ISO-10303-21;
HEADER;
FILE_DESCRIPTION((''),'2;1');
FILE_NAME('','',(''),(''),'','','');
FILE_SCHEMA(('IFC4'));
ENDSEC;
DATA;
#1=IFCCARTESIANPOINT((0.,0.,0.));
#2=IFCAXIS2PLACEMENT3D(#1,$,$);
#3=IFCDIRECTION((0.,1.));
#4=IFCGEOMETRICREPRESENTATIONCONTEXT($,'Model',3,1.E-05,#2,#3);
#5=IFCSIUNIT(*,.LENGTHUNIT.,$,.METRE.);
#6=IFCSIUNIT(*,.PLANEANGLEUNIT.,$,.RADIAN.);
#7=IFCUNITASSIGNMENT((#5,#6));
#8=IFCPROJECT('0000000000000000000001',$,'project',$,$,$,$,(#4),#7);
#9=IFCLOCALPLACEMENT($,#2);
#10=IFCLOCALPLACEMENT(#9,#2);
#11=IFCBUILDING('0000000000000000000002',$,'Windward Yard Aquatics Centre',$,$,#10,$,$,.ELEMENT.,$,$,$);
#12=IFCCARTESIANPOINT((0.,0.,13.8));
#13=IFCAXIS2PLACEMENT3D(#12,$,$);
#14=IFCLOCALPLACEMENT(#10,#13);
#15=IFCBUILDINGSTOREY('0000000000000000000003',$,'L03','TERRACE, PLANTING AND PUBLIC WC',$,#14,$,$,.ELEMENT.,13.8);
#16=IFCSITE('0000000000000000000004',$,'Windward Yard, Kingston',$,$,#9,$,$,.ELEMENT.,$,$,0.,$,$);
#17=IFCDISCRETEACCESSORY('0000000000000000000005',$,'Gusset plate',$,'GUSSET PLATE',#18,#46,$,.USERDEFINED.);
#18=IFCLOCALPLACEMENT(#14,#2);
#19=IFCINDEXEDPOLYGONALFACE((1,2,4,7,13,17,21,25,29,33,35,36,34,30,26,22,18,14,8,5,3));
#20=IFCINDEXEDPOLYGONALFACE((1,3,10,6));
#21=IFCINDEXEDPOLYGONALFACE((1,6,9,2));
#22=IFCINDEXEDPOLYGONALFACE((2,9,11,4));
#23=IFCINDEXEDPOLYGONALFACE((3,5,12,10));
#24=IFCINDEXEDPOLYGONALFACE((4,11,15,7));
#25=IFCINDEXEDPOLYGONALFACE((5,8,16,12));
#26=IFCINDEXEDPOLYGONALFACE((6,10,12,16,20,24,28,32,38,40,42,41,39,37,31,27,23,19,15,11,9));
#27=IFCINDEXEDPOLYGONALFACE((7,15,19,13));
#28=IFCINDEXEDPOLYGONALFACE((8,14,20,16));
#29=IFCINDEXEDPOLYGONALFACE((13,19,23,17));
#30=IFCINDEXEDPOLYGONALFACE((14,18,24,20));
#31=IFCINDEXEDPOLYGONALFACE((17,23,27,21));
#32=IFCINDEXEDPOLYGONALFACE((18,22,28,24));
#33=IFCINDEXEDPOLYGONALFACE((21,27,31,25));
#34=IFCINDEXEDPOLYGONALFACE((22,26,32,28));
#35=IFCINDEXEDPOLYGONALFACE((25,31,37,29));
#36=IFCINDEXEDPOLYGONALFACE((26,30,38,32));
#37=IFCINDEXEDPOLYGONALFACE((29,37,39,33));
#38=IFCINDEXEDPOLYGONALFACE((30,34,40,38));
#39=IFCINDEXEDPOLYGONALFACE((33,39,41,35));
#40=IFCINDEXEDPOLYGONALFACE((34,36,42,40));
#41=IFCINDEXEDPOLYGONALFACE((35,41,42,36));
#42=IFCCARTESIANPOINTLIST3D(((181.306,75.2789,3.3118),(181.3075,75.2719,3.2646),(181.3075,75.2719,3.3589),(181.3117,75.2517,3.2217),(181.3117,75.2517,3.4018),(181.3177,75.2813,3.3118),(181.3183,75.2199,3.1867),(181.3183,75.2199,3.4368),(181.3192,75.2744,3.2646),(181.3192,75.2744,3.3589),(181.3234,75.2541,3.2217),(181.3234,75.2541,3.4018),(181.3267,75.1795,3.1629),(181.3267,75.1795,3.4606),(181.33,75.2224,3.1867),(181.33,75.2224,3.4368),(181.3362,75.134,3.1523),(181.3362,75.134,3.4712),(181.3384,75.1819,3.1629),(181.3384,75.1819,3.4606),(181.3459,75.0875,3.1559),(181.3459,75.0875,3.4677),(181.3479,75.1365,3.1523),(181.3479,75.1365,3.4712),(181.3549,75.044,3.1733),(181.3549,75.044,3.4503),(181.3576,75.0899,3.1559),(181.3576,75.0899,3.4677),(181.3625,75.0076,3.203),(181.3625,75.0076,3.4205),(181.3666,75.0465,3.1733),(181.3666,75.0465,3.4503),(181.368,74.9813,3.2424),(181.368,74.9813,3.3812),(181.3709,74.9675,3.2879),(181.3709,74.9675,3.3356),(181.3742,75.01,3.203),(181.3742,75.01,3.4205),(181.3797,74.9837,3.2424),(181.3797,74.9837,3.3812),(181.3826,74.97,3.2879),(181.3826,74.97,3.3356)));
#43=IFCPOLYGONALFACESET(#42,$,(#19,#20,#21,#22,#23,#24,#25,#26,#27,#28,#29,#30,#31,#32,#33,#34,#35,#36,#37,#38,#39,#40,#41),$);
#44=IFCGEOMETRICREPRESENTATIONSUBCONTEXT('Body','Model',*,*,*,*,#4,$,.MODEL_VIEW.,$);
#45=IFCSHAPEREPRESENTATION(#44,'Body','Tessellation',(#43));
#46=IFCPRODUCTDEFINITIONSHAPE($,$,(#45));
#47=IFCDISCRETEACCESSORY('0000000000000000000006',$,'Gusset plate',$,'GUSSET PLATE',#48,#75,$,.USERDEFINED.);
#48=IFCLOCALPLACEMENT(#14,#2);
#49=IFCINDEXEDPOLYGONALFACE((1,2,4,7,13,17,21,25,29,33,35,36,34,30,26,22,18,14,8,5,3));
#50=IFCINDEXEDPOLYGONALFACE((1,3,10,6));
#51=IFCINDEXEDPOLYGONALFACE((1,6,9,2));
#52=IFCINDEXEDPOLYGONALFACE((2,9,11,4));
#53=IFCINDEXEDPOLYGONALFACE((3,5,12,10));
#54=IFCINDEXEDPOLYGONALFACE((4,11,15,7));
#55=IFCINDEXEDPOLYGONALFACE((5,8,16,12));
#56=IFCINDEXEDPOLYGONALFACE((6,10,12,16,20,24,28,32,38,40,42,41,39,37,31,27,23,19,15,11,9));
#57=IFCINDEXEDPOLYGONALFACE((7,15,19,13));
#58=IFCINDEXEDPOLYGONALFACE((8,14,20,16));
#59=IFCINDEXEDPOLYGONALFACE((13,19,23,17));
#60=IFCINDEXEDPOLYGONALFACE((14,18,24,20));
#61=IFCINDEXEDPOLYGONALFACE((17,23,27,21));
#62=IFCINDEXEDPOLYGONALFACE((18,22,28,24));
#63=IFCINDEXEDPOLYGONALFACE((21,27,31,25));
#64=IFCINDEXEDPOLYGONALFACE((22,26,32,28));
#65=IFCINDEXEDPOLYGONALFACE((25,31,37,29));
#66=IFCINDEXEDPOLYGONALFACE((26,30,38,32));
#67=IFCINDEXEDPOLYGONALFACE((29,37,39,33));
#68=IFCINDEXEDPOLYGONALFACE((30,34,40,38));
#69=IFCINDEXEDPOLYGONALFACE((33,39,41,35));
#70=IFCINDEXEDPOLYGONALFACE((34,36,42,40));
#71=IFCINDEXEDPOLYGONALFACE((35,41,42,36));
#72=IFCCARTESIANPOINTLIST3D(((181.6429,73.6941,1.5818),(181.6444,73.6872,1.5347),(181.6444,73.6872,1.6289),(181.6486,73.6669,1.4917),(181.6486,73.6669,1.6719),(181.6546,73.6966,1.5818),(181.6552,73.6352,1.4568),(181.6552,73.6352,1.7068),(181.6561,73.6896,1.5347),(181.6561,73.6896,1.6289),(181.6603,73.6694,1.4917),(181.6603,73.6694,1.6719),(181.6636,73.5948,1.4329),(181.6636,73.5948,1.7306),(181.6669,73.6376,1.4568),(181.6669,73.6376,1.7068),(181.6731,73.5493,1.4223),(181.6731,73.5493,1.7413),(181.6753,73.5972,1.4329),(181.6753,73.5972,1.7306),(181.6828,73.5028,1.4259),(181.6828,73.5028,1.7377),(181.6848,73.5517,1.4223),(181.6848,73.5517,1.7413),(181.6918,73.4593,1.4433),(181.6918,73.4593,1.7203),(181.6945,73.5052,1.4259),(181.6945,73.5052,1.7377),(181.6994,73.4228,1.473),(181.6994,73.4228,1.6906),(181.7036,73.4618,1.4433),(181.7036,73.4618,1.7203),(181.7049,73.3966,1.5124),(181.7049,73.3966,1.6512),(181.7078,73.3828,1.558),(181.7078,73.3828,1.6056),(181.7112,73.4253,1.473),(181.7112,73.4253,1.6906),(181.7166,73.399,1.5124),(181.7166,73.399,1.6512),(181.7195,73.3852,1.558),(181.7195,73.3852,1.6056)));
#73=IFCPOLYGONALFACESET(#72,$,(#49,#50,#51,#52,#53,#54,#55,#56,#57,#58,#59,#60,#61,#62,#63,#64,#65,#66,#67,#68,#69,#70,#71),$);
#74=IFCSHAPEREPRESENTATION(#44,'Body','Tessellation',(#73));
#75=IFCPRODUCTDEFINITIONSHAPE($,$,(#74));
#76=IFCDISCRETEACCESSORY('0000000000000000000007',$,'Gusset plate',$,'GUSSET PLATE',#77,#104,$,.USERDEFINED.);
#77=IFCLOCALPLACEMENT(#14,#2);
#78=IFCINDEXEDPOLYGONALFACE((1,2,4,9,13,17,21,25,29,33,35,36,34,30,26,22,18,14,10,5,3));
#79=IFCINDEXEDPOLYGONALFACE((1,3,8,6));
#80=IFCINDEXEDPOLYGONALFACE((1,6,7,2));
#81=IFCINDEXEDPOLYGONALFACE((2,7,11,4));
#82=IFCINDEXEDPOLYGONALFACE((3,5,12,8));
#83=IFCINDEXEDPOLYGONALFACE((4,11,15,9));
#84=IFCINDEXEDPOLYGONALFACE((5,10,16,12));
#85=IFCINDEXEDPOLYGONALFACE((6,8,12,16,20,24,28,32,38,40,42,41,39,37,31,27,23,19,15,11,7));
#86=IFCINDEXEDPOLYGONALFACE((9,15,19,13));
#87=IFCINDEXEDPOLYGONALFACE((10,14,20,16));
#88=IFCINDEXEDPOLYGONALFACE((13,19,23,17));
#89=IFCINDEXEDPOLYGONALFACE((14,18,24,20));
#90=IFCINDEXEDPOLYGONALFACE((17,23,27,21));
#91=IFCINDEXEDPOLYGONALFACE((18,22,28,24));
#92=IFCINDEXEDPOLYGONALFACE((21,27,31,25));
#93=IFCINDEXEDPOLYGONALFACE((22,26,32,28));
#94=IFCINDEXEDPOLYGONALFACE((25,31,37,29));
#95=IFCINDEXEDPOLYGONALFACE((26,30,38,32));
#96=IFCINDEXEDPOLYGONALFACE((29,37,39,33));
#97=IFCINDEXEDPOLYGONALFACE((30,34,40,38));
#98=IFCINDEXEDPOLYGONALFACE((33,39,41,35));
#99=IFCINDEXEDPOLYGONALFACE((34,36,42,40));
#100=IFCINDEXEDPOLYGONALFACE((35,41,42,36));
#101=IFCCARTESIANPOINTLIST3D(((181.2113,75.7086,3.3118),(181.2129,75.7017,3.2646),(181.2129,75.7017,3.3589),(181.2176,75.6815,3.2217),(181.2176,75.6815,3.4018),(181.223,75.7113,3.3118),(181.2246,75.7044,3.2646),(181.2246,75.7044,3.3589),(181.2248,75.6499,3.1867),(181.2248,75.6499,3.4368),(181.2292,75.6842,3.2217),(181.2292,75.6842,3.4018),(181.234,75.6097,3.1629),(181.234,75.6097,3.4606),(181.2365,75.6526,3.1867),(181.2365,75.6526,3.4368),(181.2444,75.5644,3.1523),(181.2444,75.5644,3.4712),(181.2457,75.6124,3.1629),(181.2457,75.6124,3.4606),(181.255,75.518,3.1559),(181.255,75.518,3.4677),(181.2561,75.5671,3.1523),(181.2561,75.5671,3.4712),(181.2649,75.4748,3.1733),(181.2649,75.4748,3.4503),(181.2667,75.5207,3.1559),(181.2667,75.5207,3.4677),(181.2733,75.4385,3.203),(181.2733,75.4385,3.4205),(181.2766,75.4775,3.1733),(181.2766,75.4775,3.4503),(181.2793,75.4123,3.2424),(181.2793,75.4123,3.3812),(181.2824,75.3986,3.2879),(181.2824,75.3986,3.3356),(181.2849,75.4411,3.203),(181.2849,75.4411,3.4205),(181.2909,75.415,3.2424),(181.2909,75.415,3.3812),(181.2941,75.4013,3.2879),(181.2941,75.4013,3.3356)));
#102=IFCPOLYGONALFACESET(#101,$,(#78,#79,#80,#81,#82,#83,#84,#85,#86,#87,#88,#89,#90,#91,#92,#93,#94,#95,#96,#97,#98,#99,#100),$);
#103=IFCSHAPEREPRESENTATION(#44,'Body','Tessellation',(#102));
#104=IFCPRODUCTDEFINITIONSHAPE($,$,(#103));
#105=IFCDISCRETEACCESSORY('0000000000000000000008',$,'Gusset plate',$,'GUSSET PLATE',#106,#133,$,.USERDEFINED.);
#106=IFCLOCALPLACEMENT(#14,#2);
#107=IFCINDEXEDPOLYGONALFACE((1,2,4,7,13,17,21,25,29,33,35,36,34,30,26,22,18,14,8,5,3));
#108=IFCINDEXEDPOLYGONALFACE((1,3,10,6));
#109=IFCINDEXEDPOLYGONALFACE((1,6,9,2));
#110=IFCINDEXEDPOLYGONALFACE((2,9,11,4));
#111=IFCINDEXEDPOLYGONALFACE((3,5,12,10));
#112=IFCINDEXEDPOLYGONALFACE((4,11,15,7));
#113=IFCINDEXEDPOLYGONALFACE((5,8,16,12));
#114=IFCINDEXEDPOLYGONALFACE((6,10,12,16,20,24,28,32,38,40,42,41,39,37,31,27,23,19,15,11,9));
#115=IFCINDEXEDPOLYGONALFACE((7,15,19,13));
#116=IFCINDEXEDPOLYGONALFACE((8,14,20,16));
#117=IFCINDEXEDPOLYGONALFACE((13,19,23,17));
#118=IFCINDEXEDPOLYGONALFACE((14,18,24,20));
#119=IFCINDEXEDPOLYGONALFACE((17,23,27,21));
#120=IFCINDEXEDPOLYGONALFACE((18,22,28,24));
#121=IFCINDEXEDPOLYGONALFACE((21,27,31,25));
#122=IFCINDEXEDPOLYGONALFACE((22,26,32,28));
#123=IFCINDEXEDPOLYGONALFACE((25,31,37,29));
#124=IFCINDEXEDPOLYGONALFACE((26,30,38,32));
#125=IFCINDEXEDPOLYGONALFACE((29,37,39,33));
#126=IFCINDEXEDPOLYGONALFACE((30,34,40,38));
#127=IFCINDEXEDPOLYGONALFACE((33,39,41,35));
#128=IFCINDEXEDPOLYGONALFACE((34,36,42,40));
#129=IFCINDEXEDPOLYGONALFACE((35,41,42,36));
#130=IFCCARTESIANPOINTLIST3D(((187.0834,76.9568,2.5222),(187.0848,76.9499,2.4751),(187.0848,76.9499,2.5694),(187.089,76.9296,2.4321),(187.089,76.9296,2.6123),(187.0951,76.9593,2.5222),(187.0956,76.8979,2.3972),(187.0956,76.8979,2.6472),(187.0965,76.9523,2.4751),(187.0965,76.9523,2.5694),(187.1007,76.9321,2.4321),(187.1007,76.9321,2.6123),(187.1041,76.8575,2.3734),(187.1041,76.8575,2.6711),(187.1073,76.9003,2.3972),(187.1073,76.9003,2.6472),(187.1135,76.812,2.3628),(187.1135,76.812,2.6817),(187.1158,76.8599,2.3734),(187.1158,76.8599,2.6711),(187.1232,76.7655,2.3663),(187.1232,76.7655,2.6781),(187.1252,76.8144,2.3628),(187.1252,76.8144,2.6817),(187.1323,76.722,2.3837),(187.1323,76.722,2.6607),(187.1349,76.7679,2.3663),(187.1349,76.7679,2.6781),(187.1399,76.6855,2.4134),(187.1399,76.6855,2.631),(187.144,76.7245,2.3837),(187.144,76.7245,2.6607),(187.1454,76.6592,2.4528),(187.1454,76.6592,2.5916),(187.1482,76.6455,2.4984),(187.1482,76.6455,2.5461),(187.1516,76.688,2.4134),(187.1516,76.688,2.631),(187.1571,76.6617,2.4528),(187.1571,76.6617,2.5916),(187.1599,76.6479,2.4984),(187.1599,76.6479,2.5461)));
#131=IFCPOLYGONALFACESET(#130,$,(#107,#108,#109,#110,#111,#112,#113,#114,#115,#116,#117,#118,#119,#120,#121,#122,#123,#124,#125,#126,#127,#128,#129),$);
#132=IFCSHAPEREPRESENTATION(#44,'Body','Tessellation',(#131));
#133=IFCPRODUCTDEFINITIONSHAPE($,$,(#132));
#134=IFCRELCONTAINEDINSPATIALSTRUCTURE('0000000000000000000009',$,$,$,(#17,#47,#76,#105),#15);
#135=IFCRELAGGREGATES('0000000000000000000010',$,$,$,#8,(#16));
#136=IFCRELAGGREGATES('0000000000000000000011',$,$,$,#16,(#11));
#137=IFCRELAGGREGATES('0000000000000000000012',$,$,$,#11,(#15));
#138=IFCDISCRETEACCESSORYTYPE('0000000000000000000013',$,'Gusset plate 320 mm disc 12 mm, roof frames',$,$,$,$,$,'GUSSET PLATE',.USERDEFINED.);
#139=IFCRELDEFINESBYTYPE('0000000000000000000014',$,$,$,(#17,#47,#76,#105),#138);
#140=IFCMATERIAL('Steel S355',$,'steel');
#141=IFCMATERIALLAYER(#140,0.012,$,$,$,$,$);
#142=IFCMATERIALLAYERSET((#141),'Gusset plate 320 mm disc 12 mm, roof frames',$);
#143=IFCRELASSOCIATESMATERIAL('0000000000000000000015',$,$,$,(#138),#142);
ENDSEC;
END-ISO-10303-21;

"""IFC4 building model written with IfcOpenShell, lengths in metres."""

from ifc_helpers import new_model, si_unit, direction, frame, origin, origin_2d, place, context, subcontext, project, spatial, circle, extrude, material, layer, layer_set, type_object, element, save


model = new_model("IFC4")

# Units and contexts
model_context = context("Model", 3, precision=1e-05, world=origin(), true_north=direction((0.0, 1.0)))
body_context = subcontext(model_context, "Body", "Model", "MODEL_VIEW")
ifc_project = project(units=[si_unit("LENGTHUNIT", "METRE"), si_unit("PLANEANGLEUNIT", "RADIAN")], contexts=[model_context])

# Site, building, storey
site_placement = place(None, origin())
site = spatial("IfcSite", under=ifc_project, at=site_placement, Name="Windward Yard, Kingston", CompositionType="ELEMENT", RefElevation=0.0)
building_placement = place(site_placement, origin())
building = spatial("IfcBuilding", under=site, at=building_placement, Name="Windward Yard Aquatics Centre", CompositionType="ELEMENT")
storey_placement = place(building_placement, frame((0.0, 0.0, 13.8)))
storey = spatial("IfcBuildingStorey", under=building, at=storey_placement, Name="L03", Description="TERRACE, PLANTING AND PUBLIC WC", CompositionType="ELEMENT", Elevation=13.8)

# Discrete accessories
ifc_material_1 = material(Name="Steel S355", Category="steel")
ifc_layer = layer(ifc_material_1, 0.012)
ifc_layer_set = layer_set([ifc_layer], Name="Gusset plate 320 mm disc 12 mm, roof frames")
discrete_accessory_type = type_object("IfcDiscreteAccessoryType", Name="Gusset plate 320 mm disc 12 mm, roof frames", ElementType="GUSSET PLATE", PredefinedType="USERDEFINED", material=ifc_layer_set)
for number, where, z_axis, x_axis, name in (
    (1, (181.3386, 75.1223, 3.3118), (0.97898, 0.203954, 0.0), (-0.203954, 0.97898, 0.0), "Gusset plate"),
    (2, (181.6755, 73.5376, 1.5818), (0.97898, 0.203954, 0.0), (-0.203954, 0.97898, 0.0), "Gusset plate"),
    (3, (181.2471, 75.5527, 3.3118), (0.974732, 0.223376, 0.0), (-0.223376, 0.974732, 0.0), "Gusset plate"),
    (4, (187.116, 76.8003, 2.5222), (0.97898, 0.203954, 0.0), (-0.203954, 0.97898, 0.0), "Gusset plate"),
):
    element("IfcDiscreteAccessory", number, at=place(storey_placement, frame(where, z_axis=z_axis, x_axis=x_axis)), inside=storey, type_object=discrete_accessory_type, Name=name, ObjectType="GUSSET PLATE", PredefinedType="USERDEFINED", context=body_context, shape_type="SweptSolid", body=[
        extrude(circle(Radius=0.1599, at=origin_2d()), origin(), (0.0, 0.0, 1.0), 0.012),
    ])

save(model, "model.ifc")
